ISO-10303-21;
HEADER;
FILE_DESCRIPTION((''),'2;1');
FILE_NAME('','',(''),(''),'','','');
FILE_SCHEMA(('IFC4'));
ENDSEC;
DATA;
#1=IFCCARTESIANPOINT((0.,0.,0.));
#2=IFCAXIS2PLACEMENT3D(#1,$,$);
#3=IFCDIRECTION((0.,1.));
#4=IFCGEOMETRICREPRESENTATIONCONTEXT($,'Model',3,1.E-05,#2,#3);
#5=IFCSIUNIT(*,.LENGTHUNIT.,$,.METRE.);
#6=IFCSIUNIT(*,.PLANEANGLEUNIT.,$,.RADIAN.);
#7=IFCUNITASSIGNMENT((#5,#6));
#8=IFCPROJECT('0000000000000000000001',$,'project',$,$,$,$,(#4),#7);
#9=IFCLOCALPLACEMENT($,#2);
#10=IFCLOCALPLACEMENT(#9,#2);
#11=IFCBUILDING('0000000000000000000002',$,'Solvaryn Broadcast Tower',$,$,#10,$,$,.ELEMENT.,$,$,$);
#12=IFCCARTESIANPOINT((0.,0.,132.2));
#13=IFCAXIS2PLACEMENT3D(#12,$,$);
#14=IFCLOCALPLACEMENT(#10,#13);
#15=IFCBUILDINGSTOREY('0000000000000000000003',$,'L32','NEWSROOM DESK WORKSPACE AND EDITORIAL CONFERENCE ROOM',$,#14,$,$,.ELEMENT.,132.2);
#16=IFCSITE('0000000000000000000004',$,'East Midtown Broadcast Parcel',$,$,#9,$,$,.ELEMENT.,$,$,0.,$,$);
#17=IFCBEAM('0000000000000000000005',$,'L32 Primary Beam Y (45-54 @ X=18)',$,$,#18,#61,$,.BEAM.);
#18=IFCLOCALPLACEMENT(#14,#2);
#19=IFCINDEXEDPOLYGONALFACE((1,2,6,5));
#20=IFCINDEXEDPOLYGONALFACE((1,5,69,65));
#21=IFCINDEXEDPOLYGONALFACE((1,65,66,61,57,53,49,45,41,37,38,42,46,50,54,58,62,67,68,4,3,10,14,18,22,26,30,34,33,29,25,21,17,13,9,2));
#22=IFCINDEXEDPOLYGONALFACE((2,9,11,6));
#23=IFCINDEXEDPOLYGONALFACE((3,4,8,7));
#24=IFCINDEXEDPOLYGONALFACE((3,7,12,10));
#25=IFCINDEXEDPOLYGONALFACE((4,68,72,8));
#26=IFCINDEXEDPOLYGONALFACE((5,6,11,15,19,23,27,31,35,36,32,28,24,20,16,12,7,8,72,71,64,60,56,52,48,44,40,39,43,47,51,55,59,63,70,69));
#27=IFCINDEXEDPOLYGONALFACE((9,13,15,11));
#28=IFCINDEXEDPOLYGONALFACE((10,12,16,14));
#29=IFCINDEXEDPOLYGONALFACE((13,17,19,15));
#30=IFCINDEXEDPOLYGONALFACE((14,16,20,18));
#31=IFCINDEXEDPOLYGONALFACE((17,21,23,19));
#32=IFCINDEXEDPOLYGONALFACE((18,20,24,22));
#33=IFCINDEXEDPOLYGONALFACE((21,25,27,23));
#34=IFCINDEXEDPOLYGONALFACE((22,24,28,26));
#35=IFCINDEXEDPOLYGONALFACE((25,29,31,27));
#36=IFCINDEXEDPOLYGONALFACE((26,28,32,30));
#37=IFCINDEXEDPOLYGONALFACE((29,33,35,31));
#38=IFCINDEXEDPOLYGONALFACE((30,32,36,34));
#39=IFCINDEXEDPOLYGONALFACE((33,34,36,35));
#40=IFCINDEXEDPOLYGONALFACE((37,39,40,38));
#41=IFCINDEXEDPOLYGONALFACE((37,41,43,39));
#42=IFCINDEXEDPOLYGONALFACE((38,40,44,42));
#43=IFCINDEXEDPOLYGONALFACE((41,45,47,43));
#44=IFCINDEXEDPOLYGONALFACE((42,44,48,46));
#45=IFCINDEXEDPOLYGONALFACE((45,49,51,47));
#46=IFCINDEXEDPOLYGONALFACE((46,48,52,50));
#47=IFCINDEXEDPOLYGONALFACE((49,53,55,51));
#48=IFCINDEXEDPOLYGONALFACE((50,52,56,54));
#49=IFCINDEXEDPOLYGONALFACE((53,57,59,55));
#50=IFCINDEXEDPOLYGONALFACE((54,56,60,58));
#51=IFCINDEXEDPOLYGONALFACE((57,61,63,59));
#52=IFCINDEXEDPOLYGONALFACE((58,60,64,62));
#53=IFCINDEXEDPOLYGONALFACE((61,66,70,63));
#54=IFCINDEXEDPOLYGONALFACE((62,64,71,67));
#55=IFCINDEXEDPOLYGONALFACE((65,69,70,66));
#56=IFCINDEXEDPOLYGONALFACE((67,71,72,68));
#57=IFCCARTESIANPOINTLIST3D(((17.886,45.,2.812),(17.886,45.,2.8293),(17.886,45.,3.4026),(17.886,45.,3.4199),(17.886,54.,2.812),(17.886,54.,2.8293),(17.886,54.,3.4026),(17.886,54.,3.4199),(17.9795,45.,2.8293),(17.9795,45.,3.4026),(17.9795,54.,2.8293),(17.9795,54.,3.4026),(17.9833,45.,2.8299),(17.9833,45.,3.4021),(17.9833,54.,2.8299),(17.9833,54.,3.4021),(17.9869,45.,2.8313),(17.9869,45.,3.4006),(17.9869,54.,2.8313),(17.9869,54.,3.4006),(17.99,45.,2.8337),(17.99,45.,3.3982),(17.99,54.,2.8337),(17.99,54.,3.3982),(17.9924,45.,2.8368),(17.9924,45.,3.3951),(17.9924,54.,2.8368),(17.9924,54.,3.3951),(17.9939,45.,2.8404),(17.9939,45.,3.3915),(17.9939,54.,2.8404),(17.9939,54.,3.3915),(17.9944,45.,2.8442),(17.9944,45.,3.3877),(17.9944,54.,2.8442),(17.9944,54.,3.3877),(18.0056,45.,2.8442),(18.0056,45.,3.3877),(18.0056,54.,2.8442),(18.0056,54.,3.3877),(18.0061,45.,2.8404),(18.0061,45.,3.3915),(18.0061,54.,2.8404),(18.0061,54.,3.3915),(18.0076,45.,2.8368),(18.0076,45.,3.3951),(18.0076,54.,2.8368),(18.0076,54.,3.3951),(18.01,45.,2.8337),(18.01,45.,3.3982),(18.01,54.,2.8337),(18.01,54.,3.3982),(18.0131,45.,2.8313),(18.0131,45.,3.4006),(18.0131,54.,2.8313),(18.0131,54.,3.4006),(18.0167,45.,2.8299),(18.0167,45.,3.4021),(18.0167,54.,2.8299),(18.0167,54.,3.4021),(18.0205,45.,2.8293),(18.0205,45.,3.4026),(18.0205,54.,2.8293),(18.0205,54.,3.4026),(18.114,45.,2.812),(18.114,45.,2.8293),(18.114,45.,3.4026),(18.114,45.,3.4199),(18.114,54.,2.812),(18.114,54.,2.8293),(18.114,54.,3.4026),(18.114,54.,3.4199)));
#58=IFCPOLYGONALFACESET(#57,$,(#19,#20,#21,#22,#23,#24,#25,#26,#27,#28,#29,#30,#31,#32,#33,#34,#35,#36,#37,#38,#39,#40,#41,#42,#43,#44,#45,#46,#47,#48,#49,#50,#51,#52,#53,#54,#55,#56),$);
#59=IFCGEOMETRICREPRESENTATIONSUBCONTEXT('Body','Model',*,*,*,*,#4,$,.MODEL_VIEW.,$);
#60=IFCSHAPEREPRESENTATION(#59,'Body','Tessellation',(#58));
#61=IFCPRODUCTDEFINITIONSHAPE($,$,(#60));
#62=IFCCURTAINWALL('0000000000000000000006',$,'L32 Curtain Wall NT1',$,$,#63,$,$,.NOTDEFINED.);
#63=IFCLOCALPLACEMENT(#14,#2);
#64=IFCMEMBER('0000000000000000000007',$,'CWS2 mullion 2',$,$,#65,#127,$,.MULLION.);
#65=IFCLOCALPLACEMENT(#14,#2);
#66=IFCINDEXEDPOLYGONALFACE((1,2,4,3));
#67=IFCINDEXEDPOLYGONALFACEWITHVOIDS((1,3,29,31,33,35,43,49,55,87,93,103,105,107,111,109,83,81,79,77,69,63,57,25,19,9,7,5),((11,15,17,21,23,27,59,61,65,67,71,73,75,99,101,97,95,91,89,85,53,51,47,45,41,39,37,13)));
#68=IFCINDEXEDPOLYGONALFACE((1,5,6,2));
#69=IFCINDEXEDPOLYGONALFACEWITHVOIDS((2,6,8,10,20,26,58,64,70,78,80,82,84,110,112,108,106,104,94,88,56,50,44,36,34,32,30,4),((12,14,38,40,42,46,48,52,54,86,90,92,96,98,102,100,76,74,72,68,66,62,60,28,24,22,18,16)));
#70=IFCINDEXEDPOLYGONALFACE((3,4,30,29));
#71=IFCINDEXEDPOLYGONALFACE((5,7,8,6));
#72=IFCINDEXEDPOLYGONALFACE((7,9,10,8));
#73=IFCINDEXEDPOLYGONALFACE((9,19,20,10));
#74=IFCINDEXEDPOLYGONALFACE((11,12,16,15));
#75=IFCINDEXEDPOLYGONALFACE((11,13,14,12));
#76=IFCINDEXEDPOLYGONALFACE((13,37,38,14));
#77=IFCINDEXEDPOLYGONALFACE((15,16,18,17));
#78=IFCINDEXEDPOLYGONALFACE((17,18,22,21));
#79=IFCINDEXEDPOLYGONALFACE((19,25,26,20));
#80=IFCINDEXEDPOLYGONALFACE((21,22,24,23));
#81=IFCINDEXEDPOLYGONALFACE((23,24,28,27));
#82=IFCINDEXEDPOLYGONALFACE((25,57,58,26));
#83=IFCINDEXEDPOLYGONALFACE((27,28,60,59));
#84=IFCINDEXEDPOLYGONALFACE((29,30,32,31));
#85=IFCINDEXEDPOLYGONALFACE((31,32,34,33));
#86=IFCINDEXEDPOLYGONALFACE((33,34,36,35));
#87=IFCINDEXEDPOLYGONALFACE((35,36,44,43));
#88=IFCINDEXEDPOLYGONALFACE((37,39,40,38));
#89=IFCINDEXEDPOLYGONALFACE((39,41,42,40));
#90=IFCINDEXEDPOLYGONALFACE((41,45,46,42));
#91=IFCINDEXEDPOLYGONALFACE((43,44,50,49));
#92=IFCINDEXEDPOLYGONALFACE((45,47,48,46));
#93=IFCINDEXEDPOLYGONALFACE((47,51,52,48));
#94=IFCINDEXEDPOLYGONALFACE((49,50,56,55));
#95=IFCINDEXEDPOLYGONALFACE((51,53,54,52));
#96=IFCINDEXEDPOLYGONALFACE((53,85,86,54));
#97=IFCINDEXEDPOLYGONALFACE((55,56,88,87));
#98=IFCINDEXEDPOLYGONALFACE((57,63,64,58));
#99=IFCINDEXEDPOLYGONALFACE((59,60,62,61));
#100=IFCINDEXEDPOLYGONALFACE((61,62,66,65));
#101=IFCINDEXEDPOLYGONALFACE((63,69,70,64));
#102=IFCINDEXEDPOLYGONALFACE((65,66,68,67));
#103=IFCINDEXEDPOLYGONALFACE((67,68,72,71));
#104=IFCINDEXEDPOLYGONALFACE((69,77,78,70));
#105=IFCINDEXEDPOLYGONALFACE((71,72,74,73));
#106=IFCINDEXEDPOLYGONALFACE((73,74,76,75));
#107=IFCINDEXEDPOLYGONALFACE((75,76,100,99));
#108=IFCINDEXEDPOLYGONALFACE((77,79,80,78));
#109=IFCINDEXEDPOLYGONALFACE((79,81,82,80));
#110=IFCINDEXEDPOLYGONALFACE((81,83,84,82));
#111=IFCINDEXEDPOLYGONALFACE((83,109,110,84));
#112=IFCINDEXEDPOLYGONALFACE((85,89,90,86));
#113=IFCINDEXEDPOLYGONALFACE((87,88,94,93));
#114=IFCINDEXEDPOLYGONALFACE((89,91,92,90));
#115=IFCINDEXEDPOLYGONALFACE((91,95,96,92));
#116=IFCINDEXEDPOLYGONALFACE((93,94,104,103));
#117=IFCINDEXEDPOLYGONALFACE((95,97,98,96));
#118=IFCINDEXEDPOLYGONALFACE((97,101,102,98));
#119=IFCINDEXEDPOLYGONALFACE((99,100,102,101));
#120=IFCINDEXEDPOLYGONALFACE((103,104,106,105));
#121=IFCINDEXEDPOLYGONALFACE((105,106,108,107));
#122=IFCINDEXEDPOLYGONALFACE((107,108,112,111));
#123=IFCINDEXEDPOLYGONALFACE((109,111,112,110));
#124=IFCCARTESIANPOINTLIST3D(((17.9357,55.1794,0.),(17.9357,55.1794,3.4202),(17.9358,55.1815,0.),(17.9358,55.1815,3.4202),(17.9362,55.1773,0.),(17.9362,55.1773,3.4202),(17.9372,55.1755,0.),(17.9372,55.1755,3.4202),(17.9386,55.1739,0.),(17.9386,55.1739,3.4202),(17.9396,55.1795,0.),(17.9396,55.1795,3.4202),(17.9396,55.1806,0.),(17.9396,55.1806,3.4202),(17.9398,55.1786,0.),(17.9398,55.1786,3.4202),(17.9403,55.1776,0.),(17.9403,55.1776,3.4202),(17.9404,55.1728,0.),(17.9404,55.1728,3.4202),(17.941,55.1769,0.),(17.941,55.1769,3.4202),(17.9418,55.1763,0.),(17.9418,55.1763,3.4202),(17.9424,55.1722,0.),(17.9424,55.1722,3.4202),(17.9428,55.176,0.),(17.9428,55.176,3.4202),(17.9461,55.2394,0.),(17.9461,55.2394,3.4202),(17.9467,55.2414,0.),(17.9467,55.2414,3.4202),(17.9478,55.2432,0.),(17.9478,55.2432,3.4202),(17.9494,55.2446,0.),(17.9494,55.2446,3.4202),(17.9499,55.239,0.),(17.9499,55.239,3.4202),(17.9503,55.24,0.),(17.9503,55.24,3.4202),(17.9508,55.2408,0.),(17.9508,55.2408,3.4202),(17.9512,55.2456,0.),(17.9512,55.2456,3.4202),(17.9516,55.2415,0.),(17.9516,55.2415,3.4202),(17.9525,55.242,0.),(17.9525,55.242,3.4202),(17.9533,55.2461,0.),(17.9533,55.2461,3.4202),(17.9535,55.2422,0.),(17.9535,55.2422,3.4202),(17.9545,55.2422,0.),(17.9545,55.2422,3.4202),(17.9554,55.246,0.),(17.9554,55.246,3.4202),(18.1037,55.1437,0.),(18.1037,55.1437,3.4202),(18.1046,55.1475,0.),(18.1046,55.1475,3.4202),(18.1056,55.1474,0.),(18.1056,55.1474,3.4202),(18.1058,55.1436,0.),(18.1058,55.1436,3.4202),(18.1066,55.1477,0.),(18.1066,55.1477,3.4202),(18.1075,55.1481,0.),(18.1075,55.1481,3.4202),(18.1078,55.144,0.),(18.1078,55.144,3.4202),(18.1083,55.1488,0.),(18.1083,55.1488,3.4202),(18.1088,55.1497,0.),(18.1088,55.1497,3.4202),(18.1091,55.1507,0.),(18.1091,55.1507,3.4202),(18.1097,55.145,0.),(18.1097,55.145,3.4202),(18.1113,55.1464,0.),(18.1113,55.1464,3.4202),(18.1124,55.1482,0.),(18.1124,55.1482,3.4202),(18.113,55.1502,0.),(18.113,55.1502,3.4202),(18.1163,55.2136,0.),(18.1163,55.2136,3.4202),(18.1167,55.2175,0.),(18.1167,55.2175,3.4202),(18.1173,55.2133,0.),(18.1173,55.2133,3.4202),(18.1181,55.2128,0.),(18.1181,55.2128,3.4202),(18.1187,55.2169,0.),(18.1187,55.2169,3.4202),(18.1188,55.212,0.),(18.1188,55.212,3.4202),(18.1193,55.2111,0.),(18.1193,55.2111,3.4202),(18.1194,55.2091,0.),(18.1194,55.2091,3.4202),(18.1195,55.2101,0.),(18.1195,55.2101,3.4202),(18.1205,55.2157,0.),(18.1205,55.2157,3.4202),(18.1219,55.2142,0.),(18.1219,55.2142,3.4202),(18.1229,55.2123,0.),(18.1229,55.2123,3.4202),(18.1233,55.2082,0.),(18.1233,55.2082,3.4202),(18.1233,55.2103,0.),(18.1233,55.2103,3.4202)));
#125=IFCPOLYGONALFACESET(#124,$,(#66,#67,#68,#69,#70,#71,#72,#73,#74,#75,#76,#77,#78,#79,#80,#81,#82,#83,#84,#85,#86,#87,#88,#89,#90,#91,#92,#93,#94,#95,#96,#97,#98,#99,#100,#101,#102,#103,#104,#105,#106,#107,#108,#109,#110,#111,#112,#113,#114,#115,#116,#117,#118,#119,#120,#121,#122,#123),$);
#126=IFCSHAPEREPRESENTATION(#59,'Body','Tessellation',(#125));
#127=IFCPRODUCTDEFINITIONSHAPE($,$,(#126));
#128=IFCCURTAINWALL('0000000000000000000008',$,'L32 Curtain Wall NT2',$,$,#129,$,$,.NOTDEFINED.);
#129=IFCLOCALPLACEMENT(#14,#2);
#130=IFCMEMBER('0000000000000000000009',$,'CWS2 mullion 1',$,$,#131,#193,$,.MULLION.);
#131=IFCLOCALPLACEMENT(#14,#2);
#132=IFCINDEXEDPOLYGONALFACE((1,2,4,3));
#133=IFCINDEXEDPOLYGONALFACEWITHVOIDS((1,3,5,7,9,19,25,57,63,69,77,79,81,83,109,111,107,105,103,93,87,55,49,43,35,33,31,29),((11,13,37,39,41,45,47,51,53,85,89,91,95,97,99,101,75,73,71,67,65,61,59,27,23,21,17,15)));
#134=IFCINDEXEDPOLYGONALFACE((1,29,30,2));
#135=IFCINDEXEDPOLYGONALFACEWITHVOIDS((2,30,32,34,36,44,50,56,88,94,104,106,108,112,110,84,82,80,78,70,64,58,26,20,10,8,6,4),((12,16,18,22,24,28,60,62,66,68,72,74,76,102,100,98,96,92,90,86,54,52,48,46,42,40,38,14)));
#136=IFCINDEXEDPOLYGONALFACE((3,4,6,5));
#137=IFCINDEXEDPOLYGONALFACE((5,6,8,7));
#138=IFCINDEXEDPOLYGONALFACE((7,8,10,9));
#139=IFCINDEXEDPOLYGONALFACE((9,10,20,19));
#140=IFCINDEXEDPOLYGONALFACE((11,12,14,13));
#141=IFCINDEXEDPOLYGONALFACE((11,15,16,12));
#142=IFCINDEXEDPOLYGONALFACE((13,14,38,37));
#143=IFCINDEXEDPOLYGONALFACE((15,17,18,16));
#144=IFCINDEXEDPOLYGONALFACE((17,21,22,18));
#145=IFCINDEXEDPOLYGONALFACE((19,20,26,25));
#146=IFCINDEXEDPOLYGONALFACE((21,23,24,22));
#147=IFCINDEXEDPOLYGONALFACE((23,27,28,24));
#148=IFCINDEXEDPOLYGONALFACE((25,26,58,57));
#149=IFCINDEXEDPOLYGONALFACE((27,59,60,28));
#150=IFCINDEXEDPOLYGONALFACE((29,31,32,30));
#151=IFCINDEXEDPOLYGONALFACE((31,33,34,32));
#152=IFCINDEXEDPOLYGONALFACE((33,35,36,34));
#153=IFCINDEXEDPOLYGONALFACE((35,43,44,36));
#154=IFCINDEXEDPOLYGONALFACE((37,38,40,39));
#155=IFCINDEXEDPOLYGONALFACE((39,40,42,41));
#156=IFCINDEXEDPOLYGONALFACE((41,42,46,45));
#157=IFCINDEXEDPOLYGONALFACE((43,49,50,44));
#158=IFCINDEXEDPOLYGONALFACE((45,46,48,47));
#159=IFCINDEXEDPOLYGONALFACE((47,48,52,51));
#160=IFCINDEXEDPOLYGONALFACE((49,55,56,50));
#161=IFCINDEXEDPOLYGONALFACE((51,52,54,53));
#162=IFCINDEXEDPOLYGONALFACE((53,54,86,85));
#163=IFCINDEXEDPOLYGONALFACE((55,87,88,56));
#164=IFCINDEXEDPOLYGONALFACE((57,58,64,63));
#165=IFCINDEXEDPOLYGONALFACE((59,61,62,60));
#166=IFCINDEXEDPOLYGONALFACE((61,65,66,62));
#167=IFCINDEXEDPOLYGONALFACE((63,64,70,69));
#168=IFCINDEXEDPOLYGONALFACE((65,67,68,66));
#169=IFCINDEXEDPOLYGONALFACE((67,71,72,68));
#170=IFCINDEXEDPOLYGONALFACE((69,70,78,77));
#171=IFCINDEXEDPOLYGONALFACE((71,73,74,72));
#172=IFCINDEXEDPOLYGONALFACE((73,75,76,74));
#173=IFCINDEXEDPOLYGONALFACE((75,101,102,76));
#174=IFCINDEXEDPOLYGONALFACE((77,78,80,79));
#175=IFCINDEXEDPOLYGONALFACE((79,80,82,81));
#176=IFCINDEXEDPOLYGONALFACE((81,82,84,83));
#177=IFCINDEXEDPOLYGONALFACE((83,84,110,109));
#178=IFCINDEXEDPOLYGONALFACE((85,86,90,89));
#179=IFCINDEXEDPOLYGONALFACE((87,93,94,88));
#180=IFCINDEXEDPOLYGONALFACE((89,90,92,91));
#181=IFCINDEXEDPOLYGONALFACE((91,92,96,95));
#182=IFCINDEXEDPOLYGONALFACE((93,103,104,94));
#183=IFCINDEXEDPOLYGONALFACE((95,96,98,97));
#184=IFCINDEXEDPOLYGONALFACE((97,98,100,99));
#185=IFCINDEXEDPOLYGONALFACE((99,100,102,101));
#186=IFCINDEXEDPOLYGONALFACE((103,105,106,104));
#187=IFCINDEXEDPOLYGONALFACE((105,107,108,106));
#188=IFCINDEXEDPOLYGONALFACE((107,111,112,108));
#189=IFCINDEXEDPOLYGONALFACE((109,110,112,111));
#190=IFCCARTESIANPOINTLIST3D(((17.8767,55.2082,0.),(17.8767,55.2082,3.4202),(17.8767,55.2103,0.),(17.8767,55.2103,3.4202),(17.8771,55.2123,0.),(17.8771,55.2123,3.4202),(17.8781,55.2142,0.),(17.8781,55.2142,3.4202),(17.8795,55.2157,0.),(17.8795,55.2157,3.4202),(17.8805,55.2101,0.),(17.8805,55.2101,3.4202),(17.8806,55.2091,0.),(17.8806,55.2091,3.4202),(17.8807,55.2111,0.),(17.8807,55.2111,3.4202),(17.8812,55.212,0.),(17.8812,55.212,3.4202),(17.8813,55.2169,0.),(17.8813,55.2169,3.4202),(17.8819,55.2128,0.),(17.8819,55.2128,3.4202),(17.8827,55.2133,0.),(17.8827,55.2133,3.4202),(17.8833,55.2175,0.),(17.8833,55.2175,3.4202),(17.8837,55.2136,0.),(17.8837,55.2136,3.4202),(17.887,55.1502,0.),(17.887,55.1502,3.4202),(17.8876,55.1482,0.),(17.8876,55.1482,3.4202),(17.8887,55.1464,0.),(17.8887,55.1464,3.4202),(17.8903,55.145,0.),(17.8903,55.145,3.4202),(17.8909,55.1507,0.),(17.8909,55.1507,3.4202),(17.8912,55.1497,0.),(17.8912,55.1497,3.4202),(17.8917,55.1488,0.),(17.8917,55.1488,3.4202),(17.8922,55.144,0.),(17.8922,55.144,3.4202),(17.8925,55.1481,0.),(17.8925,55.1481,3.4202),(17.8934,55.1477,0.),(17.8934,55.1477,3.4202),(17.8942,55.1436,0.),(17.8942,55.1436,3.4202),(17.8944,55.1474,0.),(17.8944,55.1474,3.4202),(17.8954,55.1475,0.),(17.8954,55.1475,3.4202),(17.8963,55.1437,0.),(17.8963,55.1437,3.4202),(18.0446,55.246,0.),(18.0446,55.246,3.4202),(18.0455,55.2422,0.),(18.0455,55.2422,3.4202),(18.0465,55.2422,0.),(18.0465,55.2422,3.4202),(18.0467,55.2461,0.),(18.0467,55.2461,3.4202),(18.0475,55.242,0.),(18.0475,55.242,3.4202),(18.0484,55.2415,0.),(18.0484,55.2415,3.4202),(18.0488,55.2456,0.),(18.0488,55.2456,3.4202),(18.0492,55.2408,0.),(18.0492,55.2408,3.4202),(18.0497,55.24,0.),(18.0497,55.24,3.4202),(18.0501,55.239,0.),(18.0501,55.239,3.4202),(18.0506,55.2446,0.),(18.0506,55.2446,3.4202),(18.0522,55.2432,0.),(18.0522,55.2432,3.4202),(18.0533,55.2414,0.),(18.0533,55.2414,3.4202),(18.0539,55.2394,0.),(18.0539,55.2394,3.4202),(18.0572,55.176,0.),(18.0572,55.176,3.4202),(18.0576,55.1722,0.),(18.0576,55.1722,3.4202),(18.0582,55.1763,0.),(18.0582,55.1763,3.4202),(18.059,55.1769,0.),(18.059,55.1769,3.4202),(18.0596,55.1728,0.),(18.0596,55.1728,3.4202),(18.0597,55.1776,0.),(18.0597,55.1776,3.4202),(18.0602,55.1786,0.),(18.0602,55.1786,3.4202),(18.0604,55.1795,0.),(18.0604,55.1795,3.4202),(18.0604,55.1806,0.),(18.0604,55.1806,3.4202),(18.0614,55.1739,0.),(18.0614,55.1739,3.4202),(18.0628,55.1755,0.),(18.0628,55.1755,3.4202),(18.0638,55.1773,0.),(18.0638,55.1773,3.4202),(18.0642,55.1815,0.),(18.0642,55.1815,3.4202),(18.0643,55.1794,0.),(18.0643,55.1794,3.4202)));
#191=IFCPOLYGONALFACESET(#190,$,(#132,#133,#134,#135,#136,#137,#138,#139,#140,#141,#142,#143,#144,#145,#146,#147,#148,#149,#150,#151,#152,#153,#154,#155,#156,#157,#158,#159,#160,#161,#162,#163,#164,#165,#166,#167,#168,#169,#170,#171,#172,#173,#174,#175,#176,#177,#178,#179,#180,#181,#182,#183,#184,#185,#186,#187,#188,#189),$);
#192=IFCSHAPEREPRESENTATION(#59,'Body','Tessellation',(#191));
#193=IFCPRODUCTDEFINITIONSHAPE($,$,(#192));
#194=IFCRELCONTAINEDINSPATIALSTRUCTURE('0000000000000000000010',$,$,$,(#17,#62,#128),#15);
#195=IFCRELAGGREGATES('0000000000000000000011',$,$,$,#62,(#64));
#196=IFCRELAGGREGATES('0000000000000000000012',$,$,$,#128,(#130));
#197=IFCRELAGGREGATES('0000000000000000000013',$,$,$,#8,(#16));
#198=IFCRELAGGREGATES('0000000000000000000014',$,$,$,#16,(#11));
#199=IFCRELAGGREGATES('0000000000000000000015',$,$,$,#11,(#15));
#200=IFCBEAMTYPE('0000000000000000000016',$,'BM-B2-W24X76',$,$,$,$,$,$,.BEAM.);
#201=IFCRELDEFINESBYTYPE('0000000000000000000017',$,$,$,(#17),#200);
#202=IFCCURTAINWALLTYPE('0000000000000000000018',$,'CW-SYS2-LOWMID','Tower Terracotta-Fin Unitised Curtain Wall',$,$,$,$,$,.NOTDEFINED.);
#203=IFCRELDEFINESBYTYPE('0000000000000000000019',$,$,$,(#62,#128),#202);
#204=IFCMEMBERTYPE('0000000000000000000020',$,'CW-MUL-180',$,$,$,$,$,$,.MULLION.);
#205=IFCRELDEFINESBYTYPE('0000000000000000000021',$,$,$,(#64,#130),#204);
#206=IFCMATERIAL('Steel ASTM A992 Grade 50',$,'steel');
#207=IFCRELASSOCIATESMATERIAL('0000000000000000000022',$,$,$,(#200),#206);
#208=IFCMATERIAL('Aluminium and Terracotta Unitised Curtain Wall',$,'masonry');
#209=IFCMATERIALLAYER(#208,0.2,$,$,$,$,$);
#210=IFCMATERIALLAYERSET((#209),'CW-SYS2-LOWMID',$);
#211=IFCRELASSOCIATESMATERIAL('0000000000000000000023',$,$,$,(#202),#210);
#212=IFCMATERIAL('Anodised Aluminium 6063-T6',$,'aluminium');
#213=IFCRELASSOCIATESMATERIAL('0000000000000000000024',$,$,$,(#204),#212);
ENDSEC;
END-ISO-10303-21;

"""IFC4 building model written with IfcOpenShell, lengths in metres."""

from ifc_helpers import new_model, si_unit, direction, frame, origin, origin_2d, place, context, subcontext, project, spatial, hollow_rectangle, i_section, extrude, material, layer, layer_set, material_profile, profile_set, type_object, element, aggregate, save


model = new_model("IFC4")

# Units and contexts
model_context = context("Model", 3, precision=1e-05, world=origin(), true_north=direction((0.0, 1.0)))
body_context = subcontext(model_context, "Body", "Model", "MODEL_VIEW")
ifc_project = project(units=[si_unit("LENGTHUNIT", "METRE"), si_unit("PLANEANGLEUNIT", "RADIAN")], contexts=[model_context])

# Site, building, storey
site_placement = place(None, origin())
site = spatial("IfcSite", under=ifc_project, at=site_placement, Name="East Midtown Broadcast Parcel", CompositionType="ELEMENT", RefElevation=0.0)
building_placement = place(site_placement, origin())
building = spatial("IfcBuilding", under=site, at=building_placement, Name="Solvaryn Broadcast Tower", CompositionType="ELEMENT")
storey_placement = place(building_placement, frame((0.0, 0.0, 132.2)))
storey = spatial("IfcBuildingStorey", under=building, at=storey_placement, Name="L32", Description="NEWSROOM DESK WORKSPACE AND EDITORIAL CONFERENCE ROOM", CompositionType="ELEMENT", Elevation=132.2)

# Beam
ifc_material_1 = material(Name="Steel ASTM A992 Grade 50", Category="steel")
ifc_material_profile_1 = material_profile(ifc_material_1, i_section(OverallWidth=0.228, OverallDepth=0.6079, WebThickness=0.0112, FlangeThickness=0.0173, FilletRadius=0.0149, at=origin_2d()))
ifc_profile_set_1 = profile_set([ifc_material_profile_1], Name="Steel ASTM A992 Grade 50")
beam_type_1 = type_object("IfcBeamType", Name="BM-B2-W24X76", PredefinedType="BEAM", material=ifc_profile_set_1)
beam_1_placement = place(storey_placement, frame((18.0, 45.0, 3.116), z_axis=(0.0, 1.0, 0.0), x_axis=(-1.0, 0.0, 0.0)))
element("IfcBeam", 1, at=beam_1_placement, inside=storey, type_object=beam_type_1, Name="L32 Primary Beam Y (45-54 @ X=18)", PredefinedType="BEAM", context=body_context, shape_type="SweptSolid", body=[
    extrude(i_section(OverallWidth=0.228, OverallDepth=0.6079, WebThickness=0.0112, FlangeThickness=0.0173, FilletRadius=0.0149, at=origin_2d()), origin(), (0.0, 0.0, 1.0), 9.0),
])

# Curtain wall, member
ifc_material_2 = material(Name="Aluminium and Terracotta Unitised Curtain Wall", Category="masonry")
ifc_layer_1 = layer(ifc_material_2, 0.2)
ifc_layer_set_1 = layer_set([ifc_layer_1], Name="CW-SYS2-LOWMID")
curtain_wall_type = type_object("IfcCurtainWallType", Name="CW-SYS2-LOWMID", Description="Tower Terracotta-Fin Unitised Curtain Wall", PredefinedType="NOTDEFINED", material=ifc_layer_set_1)
curtain_wall_1_placement = place(storey_placement, origin())
curtain_wall_1 = element("IfcCurtainWall", 2, at=curtain_wall_1_placement, inside=storey, type_object=curtain_wall_type, Name="L32 Curtain Wall NT1", PredefinedType="NOTDEFINED")
ifc_material_3 = material(Name="Anodised Aluminium 6063-T6", Category="aluminium")
ifc_material_profile_2 = material_profile(ifc_material_3, hollow_rectangle(XDim=0.075, YDim=0.1799, WallThickness=0.0039, InnerFilletRadius=0.0039, OuterFilletRadius=0.0081, at=origin_2d()))
ifc_profile_set_2 = profile_set([ifc_material_profile_2], Name="Anodised Aluminium 6063-T6")
member_type_1 = type_object("IfcMemberType", Name="CW-MUL-180", PredefinedType="MULLION", material=ifc_profile_set_2)
member_1_placement = place(storey_placement, frame((18.0295, 55.1948, 0.0), z_axis=(0.0, 0.0, 1.0), x_axis=(-0.173785, -0.984784, 0.0)))
member_1 = element("IfcMember", 3, at=member_1_placement, type_object=member_type_1, Name="CWS2 mullion 2", PredefinedType="MULLION", context=body_context, shape_type="SweptSolid", body=[
    extrude(hollow_rectangle(XDim=0.075, YDim=0.1799, WallThickness=0.0039, InnerFilletRadius=0.0039, OuterFilletRadius=0.0081, at=origin_2d()), origin(), (0.0, 0.0, 1.0), 3.4202),
])

# Curtain wall, member
curtain_wall_2_placement = place(storey_placement, origin())
curtain_wall_2 = element("IfcCurtainWall", 4, at=curtain_wall_2_placement, inside=storey, type_object=curtain_wall_type, Name="L32 Curtain Wall NT2", PredefinedType="NOTDEFINED")
member_2_placement = place(storey_placement, frame((17.9705, 55.1948, 0.0), z_axis=(0.0, 0.0, 1.0), x_axis=(0.173785, -0.984784, 0.0)))
member_2 = element("IfcMember", 5, at=member_2_placement, type_object=member_type_1, Name="CWS2 mullion 1", PredefinedType="MULLION", context=body_context, shape_type="SweptSolid", body=[
    extrude(hollow_rectangle(XDim=0.075, YDim=0.1799, WallThickness=0.0039, InnerFilletRadius=0.0039, OuterFilletRadius=0.0081, at=origin_2d()), origin(), (0.0, 0.0, 1.0), 3.4202),
])

aggregate(curtain_wall_1, [member_1])
aggregate(curtain_wall_2, [member_2])

save(model, "model.ifc")
